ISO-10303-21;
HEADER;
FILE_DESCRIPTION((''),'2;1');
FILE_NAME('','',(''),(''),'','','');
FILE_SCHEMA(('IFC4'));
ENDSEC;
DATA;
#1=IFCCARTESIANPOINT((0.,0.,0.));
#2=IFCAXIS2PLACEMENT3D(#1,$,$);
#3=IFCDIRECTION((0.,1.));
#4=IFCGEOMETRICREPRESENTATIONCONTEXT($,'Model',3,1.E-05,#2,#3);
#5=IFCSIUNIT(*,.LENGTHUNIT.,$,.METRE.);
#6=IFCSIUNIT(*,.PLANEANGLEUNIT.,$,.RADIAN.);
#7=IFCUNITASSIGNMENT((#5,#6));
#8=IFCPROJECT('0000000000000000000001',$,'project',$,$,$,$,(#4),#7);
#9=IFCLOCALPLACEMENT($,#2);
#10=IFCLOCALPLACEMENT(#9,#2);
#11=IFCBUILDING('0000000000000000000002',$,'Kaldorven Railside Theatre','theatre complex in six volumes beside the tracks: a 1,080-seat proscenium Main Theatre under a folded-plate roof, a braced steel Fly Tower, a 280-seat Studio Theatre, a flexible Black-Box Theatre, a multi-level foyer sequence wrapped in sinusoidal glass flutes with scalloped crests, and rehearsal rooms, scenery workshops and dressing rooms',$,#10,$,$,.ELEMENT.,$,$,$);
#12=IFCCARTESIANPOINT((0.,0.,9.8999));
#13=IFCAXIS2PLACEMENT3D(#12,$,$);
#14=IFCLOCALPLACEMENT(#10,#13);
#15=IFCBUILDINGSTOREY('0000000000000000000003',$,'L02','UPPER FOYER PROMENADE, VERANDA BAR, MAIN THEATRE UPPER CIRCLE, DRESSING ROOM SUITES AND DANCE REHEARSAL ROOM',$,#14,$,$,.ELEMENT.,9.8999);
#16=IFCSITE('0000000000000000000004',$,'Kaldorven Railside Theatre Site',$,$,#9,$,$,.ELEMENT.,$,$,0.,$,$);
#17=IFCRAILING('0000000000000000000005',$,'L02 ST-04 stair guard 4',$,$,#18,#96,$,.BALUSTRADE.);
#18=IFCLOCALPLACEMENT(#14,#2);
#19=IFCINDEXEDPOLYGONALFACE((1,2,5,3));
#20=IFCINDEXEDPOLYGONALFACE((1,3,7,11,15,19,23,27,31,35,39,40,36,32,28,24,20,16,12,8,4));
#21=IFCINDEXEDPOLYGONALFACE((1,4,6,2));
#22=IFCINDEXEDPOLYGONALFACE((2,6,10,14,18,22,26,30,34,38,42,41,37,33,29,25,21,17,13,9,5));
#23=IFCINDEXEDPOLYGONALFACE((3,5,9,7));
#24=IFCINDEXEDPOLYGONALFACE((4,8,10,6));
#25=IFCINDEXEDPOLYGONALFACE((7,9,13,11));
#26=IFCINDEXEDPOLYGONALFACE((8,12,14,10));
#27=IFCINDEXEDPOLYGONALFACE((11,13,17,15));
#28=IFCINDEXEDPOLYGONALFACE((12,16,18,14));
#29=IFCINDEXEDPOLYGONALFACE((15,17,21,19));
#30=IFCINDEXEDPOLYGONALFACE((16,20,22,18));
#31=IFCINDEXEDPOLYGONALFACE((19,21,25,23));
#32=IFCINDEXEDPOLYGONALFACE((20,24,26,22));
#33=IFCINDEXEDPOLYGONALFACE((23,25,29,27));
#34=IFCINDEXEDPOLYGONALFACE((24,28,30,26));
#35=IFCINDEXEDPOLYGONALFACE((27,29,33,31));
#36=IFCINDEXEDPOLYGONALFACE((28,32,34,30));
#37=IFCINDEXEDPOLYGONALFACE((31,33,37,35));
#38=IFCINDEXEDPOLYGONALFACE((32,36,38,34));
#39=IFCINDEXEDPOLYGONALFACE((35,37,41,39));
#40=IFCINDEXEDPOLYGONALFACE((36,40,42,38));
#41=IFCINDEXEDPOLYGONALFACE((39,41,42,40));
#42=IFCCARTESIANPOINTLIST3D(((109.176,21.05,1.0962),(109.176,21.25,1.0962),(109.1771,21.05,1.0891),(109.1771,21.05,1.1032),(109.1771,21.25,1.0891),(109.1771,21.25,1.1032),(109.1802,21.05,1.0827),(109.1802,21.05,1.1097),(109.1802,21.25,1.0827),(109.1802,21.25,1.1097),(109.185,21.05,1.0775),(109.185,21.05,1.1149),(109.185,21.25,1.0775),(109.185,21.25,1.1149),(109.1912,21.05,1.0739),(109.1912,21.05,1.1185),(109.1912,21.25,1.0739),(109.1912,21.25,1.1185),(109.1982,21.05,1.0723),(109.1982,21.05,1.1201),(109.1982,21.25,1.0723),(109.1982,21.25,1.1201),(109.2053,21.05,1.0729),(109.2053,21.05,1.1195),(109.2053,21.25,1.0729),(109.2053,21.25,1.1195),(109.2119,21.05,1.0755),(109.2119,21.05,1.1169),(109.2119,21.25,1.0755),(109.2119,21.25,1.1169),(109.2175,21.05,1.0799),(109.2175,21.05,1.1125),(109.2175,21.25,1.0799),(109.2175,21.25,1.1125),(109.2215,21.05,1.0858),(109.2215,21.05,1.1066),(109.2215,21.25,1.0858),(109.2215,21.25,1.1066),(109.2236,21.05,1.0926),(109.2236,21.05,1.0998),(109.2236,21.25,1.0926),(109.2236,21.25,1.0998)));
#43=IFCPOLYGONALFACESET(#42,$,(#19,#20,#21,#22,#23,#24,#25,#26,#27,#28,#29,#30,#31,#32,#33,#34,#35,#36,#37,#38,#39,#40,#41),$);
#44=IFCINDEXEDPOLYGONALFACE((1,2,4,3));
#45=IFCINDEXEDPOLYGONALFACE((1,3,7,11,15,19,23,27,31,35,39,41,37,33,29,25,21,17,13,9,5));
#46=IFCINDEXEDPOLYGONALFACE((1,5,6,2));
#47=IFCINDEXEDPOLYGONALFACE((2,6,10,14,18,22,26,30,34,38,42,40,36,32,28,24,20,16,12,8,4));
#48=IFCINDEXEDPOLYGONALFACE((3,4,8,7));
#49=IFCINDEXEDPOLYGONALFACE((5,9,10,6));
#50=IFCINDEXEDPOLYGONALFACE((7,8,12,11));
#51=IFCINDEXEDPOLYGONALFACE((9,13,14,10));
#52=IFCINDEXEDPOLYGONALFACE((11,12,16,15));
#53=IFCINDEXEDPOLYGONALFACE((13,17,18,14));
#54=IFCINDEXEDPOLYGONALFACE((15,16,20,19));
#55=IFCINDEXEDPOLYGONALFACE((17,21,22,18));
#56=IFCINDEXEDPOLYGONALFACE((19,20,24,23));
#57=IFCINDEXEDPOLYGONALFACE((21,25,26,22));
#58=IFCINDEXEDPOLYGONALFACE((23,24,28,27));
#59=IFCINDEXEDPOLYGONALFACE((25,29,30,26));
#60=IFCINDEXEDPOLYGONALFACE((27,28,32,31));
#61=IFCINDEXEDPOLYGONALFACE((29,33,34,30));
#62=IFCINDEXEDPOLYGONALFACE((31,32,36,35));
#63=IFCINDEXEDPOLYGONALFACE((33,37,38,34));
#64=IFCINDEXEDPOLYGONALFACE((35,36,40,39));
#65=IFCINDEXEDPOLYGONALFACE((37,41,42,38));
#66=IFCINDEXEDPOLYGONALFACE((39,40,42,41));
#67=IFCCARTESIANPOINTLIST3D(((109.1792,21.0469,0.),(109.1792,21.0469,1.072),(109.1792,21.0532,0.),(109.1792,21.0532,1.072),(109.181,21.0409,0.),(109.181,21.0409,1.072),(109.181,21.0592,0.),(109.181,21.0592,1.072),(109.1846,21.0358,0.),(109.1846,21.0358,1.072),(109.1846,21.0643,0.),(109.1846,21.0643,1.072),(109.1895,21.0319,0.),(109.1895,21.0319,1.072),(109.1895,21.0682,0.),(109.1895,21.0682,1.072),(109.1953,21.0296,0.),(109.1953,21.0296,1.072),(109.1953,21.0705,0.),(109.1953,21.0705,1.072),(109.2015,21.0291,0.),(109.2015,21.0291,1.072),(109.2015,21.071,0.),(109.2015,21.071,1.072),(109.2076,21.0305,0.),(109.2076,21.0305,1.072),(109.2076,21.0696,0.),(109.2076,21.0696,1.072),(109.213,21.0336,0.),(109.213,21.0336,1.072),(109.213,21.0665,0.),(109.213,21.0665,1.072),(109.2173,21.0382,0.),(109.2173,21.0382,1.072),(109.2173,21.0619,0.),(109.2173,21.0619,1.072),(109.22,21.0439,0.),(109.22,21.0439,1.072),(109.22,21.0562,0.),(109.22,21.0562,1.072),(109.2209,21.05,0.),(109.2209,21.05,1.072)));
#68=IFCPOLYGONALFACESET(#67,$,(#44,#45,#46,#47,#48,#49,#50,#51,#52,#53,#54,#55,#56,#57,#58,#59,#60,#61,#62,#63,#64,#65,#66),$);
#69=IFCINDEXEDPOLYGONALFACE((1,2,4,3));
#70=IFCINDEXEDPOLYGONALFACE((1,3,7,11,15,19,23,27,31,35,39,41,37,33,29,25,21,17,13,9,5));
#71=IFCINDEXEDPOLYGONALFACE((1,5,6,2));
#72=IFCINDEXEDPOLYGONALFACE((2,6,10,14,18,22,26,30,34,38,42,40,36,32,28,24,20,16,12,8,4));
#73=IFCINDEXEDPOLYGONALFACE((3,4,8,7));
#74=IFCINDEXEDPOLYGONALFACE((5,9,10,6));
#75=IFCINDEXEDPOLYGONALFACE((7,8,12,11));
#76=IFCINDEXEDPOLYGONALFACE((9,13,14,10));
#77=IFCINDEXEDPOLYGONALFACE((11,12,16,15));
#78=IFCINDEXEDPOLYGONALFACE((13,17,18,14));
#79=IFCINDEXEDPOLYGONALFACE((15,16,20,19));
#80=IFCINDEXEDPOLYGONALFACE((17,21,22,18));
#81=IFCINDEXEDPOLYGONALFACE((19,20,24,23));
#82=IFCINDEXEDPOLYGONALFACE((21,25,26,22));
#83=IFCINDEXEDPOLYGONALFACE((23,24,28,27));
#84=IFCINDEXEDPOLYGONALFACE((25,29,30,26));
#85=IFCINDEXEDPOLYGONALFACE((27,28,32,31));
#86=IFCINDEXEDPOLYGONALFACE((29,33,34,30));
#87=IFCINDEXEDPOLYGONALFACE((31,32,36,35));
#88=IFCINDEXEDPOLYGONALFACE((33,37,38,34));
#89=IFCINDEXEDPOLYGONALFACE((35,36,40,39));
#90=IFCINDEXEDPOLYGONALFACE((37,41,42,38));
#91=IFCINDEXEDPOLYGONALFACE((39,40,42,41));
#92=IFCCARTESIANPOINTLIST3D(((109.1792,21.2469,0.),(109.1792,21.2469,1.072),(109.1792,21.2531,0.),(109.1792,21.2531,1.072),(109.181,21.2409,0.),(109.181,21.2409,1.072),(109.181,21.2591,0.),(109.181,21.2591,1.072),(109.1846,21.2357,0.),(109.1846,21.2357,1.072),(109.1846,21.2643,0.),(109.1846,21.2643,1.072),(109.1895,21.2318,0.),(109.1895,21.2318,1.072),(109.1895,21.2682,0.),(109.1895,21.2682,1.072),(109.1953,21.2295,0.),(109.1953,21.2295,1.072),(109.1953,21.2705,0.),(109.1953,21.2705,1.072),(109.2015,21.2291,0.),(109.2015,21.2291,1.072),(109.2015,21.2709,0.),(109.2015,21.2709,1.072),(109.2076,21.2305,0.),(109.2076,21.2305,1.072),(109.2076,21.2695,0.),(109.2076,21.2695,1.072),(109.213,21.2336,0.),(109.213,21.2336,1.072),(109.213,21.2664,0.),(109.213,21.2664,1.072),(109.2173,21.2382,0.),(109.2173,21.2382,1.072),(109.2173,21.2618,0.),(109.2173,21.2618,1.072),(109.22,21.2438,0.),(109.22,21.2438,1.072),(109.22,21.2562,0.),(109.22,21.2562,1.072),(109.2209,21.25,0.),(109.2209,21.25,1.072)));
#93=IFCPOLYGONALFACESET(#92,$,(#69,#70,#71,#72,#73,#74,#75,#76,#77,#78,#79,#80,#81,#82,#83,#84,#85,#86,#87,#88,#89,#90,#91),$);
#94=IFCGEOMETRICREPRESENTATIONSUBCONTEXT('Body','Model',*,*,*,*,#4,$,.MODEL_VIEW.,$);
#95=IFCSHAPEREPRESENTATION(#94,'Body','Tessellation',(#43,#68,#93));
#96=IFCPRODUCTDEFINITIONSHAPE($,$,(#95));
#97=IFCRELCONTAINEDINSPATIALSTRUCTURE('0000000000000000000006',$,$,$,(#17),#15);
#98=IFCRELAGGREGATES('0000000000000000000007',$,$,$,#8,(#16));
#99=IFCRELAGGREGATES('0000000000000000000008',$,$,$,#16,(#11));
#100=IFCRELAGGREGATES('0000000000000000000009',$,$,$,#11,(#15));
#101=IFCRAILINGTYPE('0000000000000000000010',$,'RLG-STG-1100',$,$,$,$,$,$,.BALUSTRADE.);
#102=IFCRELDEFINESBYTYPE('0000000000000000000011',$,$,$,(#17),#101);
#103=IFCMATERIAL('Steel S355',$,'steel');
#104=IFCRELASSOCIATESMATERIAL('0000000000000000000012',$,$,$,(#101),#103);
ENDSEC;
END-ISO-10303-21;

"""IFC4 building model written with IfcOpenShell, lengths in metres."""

from ifc_helpers import new_model, si_unit, direction, frame, origin, origin_2d, place, context, subcontext, project, spatial, circle, extrude, material, type_object, element, save


model = new_model("IFC4")

# Units and contexts
model_context = context("Model", 3, precision=1e-05, world=origin(), true_north=direction((0.0, 1.0)))
body_context = subcontext(model_context, "Body", "Model", "MODEL_VIEW")
ifc_project = project(units=[si_unit("LENGTHUNIT", "METRE"), si_unit("PLANEANGLEUNIT", "RADIAN")], contexts=[model_context])

# Site, building, storey
site_placement = place(None, origin())
site = spatial("IfcSite", under=ifc_project, at=site_placement, Name="Kaldorven Railside Theatre Site", CompositionType="ELEMENT", RefElevation=0.0)
building_placement = place(site_placement, origin())
building = spatial("IfcBuilding", under=site, at=building_placement, Name="Kaldorven Railside Theatre", Description="theatre complex in six volumes beside the tracks: a 1,080-seat proscenium Main Theatre under a folded-plate roof, a braced steel Fly Tower, a 280-seat Studio Theatre, a flexible Black-Box Theatre, a multi-level foyer sequence wrapped in sinusoidal glass flutes with scalloped crests, and rehearsal rooms, scenery workshops and dressing rooms", CompositionType="ELEMENT")
storey_placement = place(building_placement, frame((0.0, 0.0, 9.8999)))
storey = spatial("IfcBuildingStorey", under=building, at=storey_placement, Name="L02", Description="UPPER FOYER PROMENADE, VERANDA BAR, MAIN THEATRE UPPER CIRCLE, DRESSING ROOM SUITES AND DANCE REHEARSAL ROOM", CompositionType="ELEMENT", Elevation=9.8999)

# Shared definitions
ifc_material_1 = material(Name="Steel S355", Category="steel")

# Railing
railing_type_1 = type_object("IfcRailingType", Name="RLG-STG-1100", PredefinedType="BALUSTRADE", material=ifc_material_1)
railing_1_placement = place(storey_placement, frame((109.2, 21.05, 0.0)))
element("IfcRailing", 1, at=railing_1_placement, inside=storey, type_object=railing_type_1, Name="L02 ST-04 stair guard 4", PredefinedType="BALUSTRADE", context=body_context, shape_type="SweptSolid", body=[
    extrude(circle(Radius=0.0239, at=origin_2d()), frame((0.0, 0.0, 1.0962), z_axis=(0.0, 1.0, 0.0), x_axis=(-1.0, 0.0, 0.0)), (0.0, 0.0, 1.0), 0.2),
    extrude(circle(Radius=0.021, at=origin_2d()), origin(), (0.0, 0.0, 1.0), 1.072),
    extrude(circle(Radius=0.021, at=origin_2d()), frame((0.0, 0.2, 0.0)), (0.0, 0.0, 1.0), 1.072),
])

save(model, "model.ifc")
